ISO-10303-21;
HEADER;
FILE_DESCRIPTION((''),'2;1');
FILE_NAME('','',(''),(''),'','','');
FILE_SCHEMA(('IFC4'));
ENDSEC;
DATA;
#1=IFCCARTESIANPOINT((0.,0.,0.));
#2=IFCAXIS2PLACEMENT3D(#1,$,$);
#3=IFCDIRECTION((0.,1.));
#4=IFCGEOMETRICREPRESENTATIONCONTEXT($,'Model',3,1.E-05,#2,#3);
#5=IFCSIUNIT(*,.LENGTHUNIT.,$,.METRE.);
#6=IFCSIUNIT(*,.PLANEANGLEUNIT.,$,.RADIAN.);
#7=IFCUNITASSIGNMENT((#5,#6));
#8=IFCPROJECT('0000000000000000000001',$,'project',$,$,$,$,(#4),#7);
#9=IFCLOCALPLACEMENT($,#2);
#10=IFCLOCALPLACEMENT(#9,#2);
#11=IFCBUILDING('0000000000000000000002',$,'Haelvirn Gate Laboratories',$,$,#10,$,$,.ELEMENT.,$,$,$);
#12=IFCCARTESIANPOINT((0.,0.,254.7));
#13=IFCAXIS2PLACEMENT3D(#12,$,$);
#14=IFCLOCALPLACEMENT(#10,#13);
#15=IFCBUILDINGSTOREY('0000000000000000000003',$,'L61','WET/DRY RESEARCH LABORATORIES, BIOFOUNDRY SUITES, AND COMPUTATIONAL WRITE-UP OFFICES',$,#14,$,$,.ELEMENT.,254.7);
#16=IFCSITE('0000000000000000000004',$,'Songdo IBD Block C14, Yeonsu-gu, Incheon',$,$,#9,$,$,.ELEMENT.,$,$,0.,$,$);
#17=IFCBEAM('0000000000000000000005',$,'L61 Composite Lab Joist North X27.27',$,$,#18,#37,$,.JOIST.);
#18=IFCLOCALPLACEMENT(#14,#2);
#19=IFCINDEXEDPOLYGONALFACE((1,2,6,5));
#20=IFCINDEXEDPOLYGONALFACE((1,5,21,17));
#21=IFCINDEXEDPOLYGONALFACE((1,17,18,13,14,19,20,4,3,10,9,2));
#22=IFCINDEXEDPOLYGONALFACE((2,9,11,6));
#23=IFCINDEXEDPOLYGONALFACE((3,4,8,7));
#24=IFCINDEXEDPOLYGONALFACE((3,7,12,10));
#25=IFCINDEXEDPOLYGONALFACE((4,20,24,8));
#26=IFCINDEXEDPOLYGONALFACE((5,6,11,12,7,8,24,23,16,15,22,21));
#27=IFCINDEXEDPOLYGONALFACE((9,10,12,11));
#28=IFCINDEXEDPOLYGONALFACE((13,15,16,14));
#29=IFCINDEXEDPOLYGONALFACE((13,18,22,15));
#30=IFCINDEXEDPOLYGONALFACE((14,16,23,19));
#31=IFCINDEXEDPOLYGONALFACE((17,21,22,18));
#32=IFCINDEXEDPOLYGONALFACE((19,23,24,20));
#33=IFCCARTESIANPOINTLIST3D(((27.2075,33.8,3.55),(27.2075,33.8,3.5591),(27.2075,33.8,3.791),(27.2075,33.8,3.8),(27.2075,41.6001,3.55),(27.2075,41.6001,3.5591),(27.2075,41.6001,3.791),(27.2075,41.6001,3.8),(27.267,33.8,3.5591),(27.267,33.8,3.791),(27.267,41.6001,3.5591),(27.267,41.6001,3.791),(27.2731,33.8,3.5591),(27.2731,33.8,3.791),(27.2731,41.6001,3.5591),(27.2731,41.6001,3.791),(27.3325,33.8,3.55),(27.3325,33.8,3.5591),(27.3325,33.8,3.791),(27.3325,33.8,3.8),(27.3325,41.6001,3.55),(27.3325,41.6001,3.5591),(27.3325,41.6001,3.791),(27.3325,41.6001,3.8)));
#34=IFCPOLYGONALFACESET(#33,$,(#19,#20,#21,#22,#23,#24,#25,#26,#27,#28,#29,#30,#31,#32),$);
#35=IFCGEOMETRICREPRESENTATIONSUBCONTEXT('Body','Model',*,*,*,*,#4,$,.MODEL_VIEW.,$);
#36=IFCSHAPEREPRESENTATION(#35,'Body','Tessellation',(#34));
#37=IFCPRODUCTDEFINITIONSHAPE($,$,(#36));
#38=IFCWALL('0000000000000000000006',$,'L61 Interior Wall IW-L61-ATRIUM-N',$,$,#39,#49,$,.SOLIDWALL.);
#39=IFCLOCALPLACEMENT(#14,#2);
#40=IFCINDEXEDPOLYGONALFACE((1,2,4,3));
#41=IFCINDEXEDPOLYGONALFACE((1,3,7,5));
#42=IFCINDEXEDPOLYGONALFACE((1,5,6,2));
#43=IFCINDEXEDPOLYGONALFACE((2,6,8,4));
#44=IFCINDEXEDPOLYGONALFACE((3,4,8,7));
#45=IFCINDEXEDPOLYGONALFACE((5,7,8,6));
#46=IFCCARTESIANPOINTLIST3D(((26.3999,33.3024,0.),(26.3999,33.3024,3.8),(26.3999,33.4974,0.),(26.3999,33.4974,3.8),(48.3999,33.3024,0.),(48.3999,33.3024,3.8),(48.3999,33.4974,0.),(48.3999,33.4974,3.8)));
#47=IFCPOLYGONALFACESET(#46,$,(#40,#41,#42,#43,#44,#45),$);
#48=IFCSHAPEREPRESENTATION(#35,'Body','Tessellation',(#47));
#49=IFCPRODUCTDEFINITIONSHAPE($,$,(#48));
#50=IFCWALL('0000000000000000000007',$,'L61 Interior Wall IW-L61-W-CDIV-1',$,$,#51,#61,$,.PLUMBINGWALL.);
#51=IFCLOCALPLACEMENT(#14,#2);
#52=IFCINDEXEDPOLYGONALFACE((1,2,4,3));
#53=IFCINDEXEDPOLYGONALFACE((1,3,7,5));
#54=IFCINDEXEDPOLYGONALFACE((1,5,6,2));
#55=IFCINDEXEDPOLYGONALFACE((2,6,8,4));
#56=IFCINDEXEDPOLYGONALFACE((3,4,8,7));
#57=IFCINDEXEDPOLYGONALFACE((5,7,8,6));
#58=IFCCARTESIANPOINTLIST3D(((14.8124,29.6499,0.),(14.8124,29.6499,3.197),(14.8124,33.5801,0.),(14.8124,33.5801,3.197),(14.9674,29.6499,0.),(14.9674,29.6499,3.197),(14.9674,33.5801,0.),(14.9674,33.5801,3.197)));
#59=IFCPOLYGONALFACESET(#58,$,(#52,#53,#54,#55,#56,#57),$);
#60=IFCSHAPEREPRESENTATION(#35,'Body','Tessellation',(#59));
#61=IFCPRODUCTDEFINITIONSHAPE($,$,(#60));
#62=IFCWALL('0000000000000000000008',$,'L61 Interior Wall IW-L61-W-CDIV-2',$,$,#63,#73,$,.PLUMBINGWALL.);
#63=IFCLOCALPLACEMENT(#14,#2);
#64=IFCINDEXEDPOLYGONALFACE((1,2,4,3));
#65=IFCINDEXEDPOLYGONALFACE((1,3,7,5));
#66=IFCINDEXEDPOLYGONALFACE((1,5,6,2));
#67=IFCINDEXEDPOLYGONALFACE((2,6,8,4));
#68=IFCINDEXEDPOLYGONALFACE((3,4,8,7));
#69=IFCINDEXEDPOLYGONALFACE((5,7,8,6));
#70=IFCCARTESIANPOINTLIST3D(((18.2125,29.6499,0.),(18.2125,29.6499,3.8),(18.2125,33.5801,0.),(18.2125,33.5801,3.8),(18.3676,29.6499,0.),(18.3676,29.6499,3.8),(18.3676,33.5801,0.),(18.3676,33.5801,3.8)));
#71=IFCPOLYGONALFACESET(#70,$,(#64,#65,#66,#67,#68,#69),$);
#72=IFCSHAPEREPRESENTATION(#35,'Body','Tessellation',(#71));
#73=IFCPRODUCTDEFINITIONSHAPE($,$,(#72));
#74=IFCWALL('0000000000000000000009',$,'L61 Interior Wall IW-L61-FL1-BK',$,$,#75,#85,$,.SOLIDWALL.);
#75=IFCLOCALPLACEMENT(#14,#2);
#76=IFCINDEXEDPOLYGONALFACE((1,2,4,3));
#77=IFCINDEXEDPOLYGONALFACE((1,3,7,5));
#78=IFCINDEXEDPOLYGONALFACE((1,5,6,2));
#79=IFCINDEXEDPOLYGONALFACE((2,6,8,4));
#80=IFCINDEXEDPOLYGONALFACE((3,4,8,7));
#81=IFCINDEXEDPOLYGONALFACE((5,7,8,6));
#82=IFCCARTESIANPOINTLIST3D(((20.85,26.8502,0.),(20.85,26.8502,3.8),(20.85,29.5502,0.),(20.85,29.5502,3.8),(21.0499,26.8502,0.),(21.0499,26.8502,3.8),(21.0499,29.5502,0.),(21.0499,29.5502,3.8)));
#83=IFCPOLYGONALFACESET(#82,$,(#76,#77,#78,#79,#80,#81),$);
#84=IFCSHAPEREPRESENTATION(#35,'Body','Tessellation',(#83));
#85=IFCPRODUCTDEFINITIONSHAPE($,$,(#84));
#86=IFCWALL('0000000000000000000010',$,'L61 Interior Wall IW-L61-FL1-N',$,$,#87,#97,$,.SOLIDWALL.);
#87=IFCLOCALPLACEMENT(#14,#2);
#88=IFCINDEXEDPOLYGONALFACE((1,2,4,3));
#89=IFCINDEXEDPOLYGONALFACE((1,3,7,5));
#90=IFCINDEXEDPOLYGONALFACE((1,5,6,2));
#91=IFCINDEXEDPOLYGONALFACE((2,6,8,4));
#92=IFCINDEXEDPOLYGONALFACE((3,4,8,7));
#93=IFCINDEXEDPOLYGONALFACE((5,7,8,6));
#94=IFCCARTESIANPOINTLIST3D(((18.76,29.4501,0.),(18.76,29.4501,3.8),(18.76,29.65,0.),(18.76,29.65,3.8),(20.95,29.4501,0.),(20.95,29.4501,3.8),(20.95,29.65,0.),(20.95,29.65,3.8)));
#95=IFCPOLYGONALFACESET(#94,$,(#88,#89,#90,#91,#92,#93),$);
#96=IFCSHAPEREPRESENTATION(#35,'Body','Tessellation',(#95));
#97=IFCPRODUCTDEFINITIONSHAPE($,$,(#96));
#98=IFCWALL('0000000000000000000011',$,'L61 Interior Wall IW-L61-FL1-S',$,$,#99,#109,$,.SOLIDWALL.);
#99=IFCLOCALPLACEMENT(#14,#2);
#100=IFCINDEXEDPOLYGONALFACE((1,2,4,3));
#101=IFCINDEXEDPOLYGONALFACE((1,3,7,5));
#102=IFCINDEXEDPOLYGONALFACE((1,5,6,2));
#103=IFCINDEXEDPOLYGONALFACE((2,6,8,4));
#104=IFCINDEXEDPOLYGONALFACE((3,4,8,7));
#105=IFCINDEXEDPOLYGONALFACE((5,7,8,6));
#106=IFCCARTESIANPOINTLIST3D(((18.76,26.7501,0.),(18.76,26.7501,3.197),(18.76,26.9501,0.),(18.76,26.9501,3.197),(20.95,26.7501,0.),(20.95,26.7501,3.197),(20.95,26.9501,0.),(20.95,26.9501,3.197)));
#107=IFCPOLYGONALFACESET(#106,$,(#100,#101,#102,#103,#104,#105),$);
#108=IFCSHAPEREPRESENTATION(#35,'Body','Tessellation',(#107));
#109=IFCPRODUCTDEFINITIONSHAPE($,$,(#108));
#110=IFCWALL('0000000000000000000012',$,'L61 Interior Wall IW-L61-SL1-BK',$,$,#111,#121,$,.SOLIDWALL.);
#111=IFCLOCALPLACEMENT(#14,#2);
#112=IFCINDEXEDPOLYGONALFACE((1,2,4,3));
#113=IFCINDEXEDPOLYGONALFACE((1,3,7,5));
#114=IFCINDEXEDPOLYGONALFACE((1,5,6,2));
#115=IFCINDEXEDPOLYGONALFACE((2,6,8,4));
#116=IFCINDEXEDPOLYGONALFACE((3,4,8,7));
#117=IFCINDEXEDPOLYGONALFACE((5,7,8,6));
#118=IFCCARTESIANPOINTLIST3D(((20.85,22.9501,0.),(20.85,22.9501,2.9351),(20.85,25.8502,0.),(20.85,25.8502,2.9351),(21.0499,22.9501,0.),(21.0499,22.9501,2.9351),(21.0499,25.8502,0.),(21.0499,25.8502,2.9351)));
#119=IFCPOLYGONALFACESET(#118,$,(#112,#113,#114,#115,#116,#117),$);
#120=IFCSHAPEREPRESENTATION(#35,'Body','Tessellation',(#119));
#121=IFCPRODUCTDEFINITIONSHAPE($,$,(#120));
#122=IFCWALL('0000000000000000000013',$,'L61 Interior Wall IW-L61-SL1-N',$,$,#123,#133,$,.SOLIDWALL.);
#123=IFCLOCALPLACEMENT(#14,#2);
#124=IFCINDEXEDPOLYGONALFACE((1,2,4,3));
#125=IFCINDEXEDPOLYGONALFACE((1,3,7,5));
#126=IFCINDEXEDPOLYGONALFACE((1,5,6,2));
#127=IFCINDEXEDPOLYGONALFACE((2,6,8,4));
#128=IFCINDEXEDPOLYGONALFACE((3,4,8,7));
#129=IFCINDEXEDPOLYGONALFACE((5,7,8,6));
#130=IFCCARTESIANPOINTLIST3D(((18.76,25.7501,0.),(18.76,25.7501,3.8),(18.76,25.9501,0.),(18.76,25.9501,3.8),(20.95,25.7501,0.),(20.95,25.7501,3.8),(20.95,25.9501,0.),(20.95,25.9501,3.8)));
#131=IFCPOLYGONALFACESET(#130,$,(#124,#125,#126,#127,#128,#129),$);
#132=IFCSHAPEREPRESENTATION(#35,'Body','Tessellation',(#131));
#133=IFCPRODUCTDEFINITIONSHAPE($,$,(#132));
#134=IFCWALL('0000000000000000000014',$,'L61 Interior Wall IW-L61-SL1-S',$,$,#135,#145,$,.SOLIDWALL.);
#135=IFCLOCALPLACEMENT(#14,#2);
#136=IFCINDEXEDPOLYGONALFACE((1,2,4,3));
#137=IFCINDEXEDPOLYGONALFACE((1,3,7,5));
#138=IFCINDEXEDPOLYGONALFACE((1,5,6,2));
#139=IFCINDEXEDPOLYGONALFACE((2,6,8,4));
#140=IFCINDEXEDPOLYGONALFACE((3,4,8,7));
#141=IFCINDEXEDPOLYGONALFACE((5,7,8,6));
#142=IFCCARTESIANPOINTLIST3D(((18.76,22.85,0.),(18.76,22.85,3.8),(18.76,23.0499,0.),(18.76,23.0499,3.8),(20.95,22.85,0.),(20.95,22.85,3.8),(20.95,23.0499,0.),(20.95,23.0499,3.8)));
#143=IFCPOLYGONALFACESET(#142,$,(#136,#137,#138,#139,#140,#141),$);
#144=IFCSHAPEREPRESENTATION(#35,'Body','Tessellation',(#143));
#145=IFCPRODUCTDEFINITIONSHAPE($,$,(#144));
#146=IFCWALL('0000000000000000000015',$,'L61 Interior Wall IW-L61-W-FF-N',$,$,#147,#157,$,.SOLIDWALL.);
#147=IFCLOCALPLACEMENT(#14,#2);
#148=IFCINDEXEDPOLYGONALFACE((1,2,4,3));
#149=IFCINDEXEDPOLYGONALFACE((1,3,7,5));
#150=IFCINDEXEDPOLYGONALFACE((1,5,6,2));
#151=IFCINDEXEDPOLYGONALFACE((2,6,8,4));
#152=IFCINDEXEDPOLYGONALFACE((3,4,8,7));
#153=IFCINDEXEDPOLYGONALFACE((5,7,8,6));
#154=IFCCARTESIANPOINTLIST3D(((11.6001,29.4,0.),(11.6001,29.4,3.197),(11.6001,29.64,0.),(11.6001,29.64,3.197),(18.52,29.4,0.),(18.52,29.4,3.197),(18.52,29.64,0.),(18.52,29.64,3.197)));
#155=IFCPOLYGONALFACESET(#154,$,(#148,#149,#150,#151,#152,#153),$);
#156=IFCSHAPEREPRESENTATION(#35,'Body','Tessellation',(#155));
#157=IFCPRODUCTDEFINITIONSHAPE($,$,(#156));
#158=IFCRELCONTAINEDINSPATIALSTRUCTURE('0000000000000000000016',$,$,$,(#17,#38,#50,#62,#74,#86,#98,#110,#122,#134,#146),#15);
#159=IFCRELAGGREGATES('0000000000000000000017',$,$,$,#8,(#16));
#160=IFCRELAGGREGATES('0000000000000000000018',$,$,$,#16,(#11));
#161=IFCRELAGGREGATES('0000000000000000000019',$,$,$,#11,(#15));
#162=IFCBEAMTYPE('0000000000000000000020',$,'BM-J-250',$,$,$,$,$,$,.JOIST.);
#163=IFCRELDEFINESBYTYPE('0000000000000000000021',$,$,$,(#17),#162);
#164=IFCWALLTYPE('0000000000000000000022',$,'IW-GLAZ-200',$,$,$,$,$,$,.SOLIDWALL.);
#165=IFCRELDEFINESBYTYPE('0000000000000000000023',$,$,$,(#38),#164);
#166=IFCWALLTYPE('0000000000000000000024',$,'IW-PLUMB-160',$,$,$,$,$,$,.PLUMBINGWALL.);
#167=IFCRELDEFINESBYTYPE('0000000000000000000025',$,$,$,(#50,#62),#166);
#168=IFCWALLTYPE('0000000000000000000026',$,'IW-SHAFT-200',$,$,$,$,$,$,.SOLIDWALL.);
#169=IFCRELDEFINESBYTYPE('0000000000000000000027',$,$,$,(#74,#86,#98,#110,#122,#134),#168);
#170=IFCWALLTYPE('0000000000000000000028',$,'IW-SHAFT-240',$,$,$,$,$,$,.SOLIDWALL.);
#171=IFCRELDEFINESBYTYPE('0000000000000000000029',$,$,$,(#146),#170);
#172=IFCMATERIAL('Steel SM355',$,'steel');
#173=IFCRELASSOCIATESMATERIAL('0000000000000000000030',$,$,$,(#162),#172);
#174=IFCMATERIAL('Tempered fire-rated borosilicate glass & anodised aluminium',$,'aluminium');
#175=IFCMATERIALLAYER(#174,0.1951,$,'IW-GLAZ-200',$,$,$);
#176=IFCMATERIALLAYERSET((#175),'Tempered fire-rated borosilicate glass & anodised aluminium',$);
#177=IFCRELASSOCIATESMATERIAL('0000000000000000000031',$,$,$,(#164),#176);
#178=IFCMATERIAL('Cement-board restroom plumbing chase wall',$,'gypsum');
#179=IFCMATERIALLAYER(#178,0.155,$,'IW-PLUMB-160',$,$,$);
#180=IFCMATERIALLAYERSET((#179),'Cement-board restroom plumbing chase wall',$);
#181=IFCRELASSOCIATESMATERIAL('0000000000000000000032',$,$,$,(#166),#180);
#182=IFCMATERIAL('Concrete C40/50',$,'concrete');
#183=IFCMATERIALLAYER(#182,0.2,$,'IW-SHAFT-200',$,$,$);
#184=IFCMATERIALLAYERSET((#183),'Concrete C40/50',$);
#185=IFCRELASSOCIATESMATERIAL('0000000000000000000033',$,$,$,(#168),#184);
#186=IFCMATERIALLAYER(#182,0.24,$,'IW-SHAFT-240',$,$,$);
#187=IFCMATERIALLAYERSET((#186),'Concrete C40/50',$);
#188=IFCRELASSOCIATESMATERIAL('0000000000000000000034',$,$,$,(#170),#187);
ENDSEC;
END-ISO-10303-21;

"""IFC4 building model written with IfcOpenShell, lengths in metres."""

from ifc_helpers import new_model, si_unit, direction, frame, frame_2d, origin, origin_2d, place, context, subcontext, project, spatial, rectangle, i_section, extrude, source, transform, mapped, material, layer, layer_set, material_profile, profile_set, type_object, type_shapes, element, save


model = new_model("IFC4")

# Units and contexts
model_context = context("Model", 3, precision=1e-05, world=origin(), true_north=direction((0.0, 1.0)))
body_context = subcontext(model_context, "Body", "Model", "MODEL_VIEW")
ifc_project = project(units=[si_unit("LENGTHUNIT", "METRE"), si_unit("PLANEANGLEUNIT", "RADIAN")], contexts=[model_context])

# Site, building, storey
site_placement = place(None, origin())
site = spatial("IfcSite", under=ifc_project, at=site_placement, Name="Songdo IBD Block C14, Yeonsu-gu, Incheon", CompositionType="ELEMENT", RefElevation=0.0)
building_placement = place(site_placement, origin())
building = spatial("IfcBuilding", under=site, at=building_placement, Name="Haelvirn Gate Laboratories", CompositionType="ELEMENT")
storey_placement = place(building_placement, frame((0.0, 0.0, 254.7)))
storey = spatial("IfcBuildingStorey", under=building, at=storey_placement, Name="L61", Description="WET/DRY RESEARCH LABORATORIES, BIOFOUNDRY SUITES, AND COMPUTATIONAL WRITE-UP OFFICES", CompositionType="ELEMENT", Elevation=254.7)

# Shared definitions
ifc_material_1 = material(Name="Steel SM355", Category="steel")

# Beam
ifc_material_profile_1 = material_profile(ifc_material_1, i_section(OverallWidth=0.125, OverallDepth=0.25, WebThickness=0.0061, FlangeThickness=0.009, at=origin_2d()), Name="H-250x125x6x9")
ifc_profile_set_1 = profile_set([ifc_material_profile_1], Name="Steel SM355")
beam_type_1 = type_object("IfcBeamType", Name="BM-J-250", PredefinedType="JOIST", material=ifc_profile_set_1)
shared_shape_1 = source(origin(), body_context, "Body", "SweptSolid", [
    extrude(i_section(OverallWidth=0.125, OverallDepth=0.25, WebThickness=0.0061, FlangeThickness=0.009, at=origin_2d()), origin(), (0.0, 0.0, 1.0), 7.8),
])
type_shapes(beam_type_1, [shared_shape_1])
for number, where, z_axis, x_axis, name in (
    (1, (27.27, 33.8, 3.675), (0.0, 1.0, 0.0), (-1.0, 0.0, 0.0), "L61 Composite Lab Joist North X27.27"),
):
    element("IfcBeam", number, at=place(storey_placement, frame(where, z_axis=z_axis, x_axis=x_axis)), inside=storey, type_object=beam_type_1, Name=name, PredefinedType="JOIST", context=body_context, shape_type="MappedRepresentation", body=[
        mapped(shared_shape_1, transform((0.0, 0.0, 0.0), scale=1.0)),
    ])

# Walls
ifc_material_2 = material(Name="Tempered fire-rated borosilicate glass & anodised aluminium", Category="aluminium")
ifc_layer_1 = layer(ifc_material_2, 0.1951, Name="IW-GLAZ-200")
ifc_layer_set_1 = layer_set([ifc_layer_1], Name="Tempered fire-rated borosilicate glass & anodised aluminium")
wall_type_1 = type_object("IfcWallType", Name="IW-GLAZ-200", PredefinedType="SOLIDWALL", material=ifc_layer_set_1)
wall_1_placement = place(storey_placement, frame((26.3999, 33.3999, 0.0), z_axis=(0.0, 0.0, 1.0), x_axis=(1.0, 0.0, 0.0)))
element("IfcWall", 2, at=wall_1_placement, inside=storey, type_object=wall_type_1, Name="L61 Interior Wall IW-L61-ATRIUM-N", PredefinedType="SOLIDWALL", context=body_context, shape_type="SweptSolid", body=[
    extrude(rectangle(XDim=22.0, YDim=0.1951, at=frame_2d((11.0, 0.0))), origin(), (0.0, 0.0, 1.0), 3.8),
])
ifc_material_3 = material(Name="Cement-board restroom plumbing chase wall", Category="gypsum")
ifc_layer_2 = layer(ifc_material_3, 0.155, Name="IW-PLUMB-160")
ifc_layer_set_2 = layer_set([ifc_layer_2], Name="Cement-board restroom plumbing chase wall")
wall_type_2 = type_object("IfcWallType", Name="IW-PLUMB-160", PredefinedType="PLUMBINGWALL", material=ifc_layer_set_2)
wall_2_placement = place(storey_placement, frame((14.8899, 29.6499, 0.0), z_axis=(0.0, 0.0, 1.0), x_axis=(0.0, 1.0, 0.0)))
element("IfcWall", 3, at=wall_2_placement, inside=storey, type_object=wall_type_2, Name="L61 Interior Wall IW-L61-W-CDIV-1", PredefinedType="PLUMBINGWALL", context=body_context, shape_type="SweptSolid", body=[
    extrude(rectangle(XDim=3.9302, YDim=0.155, at=frame_2d((1.9651, 0.0))), origin(), (0.0, 0.0, 1.0), 3.197),
])
wall_3_placement = place(storey_placement, frame((18.29, 29.6499, 0.0), z_axis=(0.0, 0.0, 1.0), x_axis=(0.0, 1.0, 0.0)))
element("IfcWall", 4, at=wall_3_placement, inside=storey, type_object=wall_type_2, Name="L61 Interior Wall IW-L61-W-CDIV-2", PredefinedType="PLUMBINGWALL", context=body_context, shape_type="SweptSolid", body=[
    extrude(rectangle(XDim=3.9302, YDim=0.155, at=frame_2d((1.9651, 0.0))), origin(), (0.0, 0.0, 1.0), 3.8),
])
ifc_material_4 = material(Name="Concrete C40/50", Category="concrete")
ifc_layer_3 = layer(ifc_material_4, 0.2, Name="IW-SHAFT-200")
ifc_layer_set_3 = layer_set([ifc_layer_3], Name="Concrete C40/50")
wall_type_3 = type_object("IfcWallType", Name="IW-SHAFT-200", PredefinedType="SOLIDWALL", material=ifc_layer_set_3)
wall_4_placement = place(storey_placement, frame((20.95, 26.8501, 0.0), z_axis=(0.0, 0.0, 1.0), x_axis=(0.0, 1.0, 0.0)))
element("IfcWall", 5, at=wall_4_placement, inside=storey, type_object=wall_type_3, Name="L61 Interior Wall IW-L61-FL1-BK", PredefinedType="SOLIDWALL", context=body_context, shape_type="SweptSolid", body=[
    extrude(rectangle(XDim=2.7, YDim=0.2, at=frame_2d((1.3501, 0.0))), origin(), (0.0, 0.0, 1.0), 3.8),
])
wall_5_placement = place(storey_placement, frame((18.76, 29.55, 0.0), z_axis=(0.0, 0.0, 1.0), x_axis=(1.0, 0.0, 0.0)))
element("IfcWall", 6, at=wall_5_placement, inside=storey, type_object=wall_type_3, Name="L61 Interior Wall IW-L61-FL1-N", PredefinedType="SOLIDWALL", context=body_context, shape_type="SweptSolid", body=[
    extrude(rectangle(XDim=2.1899, YDim=0.2, at=frame_2d((1.095, 0.0))), origin(), (0.0, 0.0, 1.0), 3.8),
])
wall_6_placement = place(storey_placement, frame((18.76, 26.8501, 0.0), z_axis=(0.0, 0.0, 1.0), x_axis=(1.0, 0.0, 0.0)))
element("IfcWall", 7, at=wall_6_placement, inside=storey, type_object=wall_type_3, Name="L61 Interior Wall IW-L61-FL1-S", PredefinedType="SOLIDWALL", context=body_context, shape_type="SweptSolid", body=[
    extrude(rectangle(XDim=2.1899, YDim=0.2, at=frame_2d((1.095, 0.0))), origin(), (0.0, 0.0, 1.0), 3.197),
])
wall_7_placement = place(storey_placement, frame((20.95, 22.95, 0.0), z_axis=(0.0, 0.0, 1.0), x_axis=(0.0, 1.0, 0.0)))
element("IfcWall", 8, at=wall_7_placement, inside=storey, type_object=wall_type_3, Name="L61 Interior Wall IW-L61-SL1-BK", PredefinedType="SOLIDWALL", context=body_context, shape_type="SweptSolid", body=[
    extrude(rectangle(XDim=2.9001, YDim=0.2, at=frame_2d((1.4502, 0.0))), origin(), (0.0, 0.0, 1.0), 2.9351),
])
for number, where, z_axis, x_axis, name in (
    (9, (18.76, 25.8501, 0.0), (0.0, 0.0, 1.0), (1.0, 0.0, 0.0), "L61 Interior Wall IW-L61-SL1-N"),
    (10, (18.76, 22.95, 0.0), (0.0, 0.0, 1.0), (1.0, 0.0, 0.0), "L61 Interior Wall IW-L61-SL1-S"),
):
    element("IfcWall", number, at=place(storey_placement, frame(where, z_axis=z_axis, x_axis=x_axis)), inside=storey, type_object=wall_type_3, Name=name, PredefinedType="SOLIDWALL", context=body_context, shape_type="SweptSolid", body=[
        extrude(rectangle(XDim=2.1899, YDim=0.2, at=frame_2d((1.095, 0.0))), origin(), (0.0, 0.0, 1.0), 3.8),
    ])
ifc_layer_4 = layer(ifc_material_4, 0.24, Name="IW-SHAFT-240")
ifc_layer_set_4 = layer_set([ifc_layer_4], Name="Concrete C40/50")
wall_type_4 = type_object("IfcWallType", Name="IW-SHAFT-240", PredefinedType="SOLIDWALL", material=ifc_layer_set_4)
wall_8_placement = place(storey_placement, frame((11.6001, 29.52, 0.0), z_axis=(0.0, 0.0, 1.0), x_axis=(1.0, 0.0, 0.0)))
element("IfcWall", 11, at=wall_8_placement, inside=storey, type_object=wall_type_4, Name="L61 Interior Wall IW-L61-W-FF-N", PredefinedType="SOLIDWALL", context=body_context, shape_type="SweptSolid", body=[
    extrude(rectangle(XDim=6.9199, YDim=0.24, at=frame_2d((3.46, 0.0))), origin(), (0.0, 0.0, 1.0), 3.197),
])

save(model, "model.ifc")
